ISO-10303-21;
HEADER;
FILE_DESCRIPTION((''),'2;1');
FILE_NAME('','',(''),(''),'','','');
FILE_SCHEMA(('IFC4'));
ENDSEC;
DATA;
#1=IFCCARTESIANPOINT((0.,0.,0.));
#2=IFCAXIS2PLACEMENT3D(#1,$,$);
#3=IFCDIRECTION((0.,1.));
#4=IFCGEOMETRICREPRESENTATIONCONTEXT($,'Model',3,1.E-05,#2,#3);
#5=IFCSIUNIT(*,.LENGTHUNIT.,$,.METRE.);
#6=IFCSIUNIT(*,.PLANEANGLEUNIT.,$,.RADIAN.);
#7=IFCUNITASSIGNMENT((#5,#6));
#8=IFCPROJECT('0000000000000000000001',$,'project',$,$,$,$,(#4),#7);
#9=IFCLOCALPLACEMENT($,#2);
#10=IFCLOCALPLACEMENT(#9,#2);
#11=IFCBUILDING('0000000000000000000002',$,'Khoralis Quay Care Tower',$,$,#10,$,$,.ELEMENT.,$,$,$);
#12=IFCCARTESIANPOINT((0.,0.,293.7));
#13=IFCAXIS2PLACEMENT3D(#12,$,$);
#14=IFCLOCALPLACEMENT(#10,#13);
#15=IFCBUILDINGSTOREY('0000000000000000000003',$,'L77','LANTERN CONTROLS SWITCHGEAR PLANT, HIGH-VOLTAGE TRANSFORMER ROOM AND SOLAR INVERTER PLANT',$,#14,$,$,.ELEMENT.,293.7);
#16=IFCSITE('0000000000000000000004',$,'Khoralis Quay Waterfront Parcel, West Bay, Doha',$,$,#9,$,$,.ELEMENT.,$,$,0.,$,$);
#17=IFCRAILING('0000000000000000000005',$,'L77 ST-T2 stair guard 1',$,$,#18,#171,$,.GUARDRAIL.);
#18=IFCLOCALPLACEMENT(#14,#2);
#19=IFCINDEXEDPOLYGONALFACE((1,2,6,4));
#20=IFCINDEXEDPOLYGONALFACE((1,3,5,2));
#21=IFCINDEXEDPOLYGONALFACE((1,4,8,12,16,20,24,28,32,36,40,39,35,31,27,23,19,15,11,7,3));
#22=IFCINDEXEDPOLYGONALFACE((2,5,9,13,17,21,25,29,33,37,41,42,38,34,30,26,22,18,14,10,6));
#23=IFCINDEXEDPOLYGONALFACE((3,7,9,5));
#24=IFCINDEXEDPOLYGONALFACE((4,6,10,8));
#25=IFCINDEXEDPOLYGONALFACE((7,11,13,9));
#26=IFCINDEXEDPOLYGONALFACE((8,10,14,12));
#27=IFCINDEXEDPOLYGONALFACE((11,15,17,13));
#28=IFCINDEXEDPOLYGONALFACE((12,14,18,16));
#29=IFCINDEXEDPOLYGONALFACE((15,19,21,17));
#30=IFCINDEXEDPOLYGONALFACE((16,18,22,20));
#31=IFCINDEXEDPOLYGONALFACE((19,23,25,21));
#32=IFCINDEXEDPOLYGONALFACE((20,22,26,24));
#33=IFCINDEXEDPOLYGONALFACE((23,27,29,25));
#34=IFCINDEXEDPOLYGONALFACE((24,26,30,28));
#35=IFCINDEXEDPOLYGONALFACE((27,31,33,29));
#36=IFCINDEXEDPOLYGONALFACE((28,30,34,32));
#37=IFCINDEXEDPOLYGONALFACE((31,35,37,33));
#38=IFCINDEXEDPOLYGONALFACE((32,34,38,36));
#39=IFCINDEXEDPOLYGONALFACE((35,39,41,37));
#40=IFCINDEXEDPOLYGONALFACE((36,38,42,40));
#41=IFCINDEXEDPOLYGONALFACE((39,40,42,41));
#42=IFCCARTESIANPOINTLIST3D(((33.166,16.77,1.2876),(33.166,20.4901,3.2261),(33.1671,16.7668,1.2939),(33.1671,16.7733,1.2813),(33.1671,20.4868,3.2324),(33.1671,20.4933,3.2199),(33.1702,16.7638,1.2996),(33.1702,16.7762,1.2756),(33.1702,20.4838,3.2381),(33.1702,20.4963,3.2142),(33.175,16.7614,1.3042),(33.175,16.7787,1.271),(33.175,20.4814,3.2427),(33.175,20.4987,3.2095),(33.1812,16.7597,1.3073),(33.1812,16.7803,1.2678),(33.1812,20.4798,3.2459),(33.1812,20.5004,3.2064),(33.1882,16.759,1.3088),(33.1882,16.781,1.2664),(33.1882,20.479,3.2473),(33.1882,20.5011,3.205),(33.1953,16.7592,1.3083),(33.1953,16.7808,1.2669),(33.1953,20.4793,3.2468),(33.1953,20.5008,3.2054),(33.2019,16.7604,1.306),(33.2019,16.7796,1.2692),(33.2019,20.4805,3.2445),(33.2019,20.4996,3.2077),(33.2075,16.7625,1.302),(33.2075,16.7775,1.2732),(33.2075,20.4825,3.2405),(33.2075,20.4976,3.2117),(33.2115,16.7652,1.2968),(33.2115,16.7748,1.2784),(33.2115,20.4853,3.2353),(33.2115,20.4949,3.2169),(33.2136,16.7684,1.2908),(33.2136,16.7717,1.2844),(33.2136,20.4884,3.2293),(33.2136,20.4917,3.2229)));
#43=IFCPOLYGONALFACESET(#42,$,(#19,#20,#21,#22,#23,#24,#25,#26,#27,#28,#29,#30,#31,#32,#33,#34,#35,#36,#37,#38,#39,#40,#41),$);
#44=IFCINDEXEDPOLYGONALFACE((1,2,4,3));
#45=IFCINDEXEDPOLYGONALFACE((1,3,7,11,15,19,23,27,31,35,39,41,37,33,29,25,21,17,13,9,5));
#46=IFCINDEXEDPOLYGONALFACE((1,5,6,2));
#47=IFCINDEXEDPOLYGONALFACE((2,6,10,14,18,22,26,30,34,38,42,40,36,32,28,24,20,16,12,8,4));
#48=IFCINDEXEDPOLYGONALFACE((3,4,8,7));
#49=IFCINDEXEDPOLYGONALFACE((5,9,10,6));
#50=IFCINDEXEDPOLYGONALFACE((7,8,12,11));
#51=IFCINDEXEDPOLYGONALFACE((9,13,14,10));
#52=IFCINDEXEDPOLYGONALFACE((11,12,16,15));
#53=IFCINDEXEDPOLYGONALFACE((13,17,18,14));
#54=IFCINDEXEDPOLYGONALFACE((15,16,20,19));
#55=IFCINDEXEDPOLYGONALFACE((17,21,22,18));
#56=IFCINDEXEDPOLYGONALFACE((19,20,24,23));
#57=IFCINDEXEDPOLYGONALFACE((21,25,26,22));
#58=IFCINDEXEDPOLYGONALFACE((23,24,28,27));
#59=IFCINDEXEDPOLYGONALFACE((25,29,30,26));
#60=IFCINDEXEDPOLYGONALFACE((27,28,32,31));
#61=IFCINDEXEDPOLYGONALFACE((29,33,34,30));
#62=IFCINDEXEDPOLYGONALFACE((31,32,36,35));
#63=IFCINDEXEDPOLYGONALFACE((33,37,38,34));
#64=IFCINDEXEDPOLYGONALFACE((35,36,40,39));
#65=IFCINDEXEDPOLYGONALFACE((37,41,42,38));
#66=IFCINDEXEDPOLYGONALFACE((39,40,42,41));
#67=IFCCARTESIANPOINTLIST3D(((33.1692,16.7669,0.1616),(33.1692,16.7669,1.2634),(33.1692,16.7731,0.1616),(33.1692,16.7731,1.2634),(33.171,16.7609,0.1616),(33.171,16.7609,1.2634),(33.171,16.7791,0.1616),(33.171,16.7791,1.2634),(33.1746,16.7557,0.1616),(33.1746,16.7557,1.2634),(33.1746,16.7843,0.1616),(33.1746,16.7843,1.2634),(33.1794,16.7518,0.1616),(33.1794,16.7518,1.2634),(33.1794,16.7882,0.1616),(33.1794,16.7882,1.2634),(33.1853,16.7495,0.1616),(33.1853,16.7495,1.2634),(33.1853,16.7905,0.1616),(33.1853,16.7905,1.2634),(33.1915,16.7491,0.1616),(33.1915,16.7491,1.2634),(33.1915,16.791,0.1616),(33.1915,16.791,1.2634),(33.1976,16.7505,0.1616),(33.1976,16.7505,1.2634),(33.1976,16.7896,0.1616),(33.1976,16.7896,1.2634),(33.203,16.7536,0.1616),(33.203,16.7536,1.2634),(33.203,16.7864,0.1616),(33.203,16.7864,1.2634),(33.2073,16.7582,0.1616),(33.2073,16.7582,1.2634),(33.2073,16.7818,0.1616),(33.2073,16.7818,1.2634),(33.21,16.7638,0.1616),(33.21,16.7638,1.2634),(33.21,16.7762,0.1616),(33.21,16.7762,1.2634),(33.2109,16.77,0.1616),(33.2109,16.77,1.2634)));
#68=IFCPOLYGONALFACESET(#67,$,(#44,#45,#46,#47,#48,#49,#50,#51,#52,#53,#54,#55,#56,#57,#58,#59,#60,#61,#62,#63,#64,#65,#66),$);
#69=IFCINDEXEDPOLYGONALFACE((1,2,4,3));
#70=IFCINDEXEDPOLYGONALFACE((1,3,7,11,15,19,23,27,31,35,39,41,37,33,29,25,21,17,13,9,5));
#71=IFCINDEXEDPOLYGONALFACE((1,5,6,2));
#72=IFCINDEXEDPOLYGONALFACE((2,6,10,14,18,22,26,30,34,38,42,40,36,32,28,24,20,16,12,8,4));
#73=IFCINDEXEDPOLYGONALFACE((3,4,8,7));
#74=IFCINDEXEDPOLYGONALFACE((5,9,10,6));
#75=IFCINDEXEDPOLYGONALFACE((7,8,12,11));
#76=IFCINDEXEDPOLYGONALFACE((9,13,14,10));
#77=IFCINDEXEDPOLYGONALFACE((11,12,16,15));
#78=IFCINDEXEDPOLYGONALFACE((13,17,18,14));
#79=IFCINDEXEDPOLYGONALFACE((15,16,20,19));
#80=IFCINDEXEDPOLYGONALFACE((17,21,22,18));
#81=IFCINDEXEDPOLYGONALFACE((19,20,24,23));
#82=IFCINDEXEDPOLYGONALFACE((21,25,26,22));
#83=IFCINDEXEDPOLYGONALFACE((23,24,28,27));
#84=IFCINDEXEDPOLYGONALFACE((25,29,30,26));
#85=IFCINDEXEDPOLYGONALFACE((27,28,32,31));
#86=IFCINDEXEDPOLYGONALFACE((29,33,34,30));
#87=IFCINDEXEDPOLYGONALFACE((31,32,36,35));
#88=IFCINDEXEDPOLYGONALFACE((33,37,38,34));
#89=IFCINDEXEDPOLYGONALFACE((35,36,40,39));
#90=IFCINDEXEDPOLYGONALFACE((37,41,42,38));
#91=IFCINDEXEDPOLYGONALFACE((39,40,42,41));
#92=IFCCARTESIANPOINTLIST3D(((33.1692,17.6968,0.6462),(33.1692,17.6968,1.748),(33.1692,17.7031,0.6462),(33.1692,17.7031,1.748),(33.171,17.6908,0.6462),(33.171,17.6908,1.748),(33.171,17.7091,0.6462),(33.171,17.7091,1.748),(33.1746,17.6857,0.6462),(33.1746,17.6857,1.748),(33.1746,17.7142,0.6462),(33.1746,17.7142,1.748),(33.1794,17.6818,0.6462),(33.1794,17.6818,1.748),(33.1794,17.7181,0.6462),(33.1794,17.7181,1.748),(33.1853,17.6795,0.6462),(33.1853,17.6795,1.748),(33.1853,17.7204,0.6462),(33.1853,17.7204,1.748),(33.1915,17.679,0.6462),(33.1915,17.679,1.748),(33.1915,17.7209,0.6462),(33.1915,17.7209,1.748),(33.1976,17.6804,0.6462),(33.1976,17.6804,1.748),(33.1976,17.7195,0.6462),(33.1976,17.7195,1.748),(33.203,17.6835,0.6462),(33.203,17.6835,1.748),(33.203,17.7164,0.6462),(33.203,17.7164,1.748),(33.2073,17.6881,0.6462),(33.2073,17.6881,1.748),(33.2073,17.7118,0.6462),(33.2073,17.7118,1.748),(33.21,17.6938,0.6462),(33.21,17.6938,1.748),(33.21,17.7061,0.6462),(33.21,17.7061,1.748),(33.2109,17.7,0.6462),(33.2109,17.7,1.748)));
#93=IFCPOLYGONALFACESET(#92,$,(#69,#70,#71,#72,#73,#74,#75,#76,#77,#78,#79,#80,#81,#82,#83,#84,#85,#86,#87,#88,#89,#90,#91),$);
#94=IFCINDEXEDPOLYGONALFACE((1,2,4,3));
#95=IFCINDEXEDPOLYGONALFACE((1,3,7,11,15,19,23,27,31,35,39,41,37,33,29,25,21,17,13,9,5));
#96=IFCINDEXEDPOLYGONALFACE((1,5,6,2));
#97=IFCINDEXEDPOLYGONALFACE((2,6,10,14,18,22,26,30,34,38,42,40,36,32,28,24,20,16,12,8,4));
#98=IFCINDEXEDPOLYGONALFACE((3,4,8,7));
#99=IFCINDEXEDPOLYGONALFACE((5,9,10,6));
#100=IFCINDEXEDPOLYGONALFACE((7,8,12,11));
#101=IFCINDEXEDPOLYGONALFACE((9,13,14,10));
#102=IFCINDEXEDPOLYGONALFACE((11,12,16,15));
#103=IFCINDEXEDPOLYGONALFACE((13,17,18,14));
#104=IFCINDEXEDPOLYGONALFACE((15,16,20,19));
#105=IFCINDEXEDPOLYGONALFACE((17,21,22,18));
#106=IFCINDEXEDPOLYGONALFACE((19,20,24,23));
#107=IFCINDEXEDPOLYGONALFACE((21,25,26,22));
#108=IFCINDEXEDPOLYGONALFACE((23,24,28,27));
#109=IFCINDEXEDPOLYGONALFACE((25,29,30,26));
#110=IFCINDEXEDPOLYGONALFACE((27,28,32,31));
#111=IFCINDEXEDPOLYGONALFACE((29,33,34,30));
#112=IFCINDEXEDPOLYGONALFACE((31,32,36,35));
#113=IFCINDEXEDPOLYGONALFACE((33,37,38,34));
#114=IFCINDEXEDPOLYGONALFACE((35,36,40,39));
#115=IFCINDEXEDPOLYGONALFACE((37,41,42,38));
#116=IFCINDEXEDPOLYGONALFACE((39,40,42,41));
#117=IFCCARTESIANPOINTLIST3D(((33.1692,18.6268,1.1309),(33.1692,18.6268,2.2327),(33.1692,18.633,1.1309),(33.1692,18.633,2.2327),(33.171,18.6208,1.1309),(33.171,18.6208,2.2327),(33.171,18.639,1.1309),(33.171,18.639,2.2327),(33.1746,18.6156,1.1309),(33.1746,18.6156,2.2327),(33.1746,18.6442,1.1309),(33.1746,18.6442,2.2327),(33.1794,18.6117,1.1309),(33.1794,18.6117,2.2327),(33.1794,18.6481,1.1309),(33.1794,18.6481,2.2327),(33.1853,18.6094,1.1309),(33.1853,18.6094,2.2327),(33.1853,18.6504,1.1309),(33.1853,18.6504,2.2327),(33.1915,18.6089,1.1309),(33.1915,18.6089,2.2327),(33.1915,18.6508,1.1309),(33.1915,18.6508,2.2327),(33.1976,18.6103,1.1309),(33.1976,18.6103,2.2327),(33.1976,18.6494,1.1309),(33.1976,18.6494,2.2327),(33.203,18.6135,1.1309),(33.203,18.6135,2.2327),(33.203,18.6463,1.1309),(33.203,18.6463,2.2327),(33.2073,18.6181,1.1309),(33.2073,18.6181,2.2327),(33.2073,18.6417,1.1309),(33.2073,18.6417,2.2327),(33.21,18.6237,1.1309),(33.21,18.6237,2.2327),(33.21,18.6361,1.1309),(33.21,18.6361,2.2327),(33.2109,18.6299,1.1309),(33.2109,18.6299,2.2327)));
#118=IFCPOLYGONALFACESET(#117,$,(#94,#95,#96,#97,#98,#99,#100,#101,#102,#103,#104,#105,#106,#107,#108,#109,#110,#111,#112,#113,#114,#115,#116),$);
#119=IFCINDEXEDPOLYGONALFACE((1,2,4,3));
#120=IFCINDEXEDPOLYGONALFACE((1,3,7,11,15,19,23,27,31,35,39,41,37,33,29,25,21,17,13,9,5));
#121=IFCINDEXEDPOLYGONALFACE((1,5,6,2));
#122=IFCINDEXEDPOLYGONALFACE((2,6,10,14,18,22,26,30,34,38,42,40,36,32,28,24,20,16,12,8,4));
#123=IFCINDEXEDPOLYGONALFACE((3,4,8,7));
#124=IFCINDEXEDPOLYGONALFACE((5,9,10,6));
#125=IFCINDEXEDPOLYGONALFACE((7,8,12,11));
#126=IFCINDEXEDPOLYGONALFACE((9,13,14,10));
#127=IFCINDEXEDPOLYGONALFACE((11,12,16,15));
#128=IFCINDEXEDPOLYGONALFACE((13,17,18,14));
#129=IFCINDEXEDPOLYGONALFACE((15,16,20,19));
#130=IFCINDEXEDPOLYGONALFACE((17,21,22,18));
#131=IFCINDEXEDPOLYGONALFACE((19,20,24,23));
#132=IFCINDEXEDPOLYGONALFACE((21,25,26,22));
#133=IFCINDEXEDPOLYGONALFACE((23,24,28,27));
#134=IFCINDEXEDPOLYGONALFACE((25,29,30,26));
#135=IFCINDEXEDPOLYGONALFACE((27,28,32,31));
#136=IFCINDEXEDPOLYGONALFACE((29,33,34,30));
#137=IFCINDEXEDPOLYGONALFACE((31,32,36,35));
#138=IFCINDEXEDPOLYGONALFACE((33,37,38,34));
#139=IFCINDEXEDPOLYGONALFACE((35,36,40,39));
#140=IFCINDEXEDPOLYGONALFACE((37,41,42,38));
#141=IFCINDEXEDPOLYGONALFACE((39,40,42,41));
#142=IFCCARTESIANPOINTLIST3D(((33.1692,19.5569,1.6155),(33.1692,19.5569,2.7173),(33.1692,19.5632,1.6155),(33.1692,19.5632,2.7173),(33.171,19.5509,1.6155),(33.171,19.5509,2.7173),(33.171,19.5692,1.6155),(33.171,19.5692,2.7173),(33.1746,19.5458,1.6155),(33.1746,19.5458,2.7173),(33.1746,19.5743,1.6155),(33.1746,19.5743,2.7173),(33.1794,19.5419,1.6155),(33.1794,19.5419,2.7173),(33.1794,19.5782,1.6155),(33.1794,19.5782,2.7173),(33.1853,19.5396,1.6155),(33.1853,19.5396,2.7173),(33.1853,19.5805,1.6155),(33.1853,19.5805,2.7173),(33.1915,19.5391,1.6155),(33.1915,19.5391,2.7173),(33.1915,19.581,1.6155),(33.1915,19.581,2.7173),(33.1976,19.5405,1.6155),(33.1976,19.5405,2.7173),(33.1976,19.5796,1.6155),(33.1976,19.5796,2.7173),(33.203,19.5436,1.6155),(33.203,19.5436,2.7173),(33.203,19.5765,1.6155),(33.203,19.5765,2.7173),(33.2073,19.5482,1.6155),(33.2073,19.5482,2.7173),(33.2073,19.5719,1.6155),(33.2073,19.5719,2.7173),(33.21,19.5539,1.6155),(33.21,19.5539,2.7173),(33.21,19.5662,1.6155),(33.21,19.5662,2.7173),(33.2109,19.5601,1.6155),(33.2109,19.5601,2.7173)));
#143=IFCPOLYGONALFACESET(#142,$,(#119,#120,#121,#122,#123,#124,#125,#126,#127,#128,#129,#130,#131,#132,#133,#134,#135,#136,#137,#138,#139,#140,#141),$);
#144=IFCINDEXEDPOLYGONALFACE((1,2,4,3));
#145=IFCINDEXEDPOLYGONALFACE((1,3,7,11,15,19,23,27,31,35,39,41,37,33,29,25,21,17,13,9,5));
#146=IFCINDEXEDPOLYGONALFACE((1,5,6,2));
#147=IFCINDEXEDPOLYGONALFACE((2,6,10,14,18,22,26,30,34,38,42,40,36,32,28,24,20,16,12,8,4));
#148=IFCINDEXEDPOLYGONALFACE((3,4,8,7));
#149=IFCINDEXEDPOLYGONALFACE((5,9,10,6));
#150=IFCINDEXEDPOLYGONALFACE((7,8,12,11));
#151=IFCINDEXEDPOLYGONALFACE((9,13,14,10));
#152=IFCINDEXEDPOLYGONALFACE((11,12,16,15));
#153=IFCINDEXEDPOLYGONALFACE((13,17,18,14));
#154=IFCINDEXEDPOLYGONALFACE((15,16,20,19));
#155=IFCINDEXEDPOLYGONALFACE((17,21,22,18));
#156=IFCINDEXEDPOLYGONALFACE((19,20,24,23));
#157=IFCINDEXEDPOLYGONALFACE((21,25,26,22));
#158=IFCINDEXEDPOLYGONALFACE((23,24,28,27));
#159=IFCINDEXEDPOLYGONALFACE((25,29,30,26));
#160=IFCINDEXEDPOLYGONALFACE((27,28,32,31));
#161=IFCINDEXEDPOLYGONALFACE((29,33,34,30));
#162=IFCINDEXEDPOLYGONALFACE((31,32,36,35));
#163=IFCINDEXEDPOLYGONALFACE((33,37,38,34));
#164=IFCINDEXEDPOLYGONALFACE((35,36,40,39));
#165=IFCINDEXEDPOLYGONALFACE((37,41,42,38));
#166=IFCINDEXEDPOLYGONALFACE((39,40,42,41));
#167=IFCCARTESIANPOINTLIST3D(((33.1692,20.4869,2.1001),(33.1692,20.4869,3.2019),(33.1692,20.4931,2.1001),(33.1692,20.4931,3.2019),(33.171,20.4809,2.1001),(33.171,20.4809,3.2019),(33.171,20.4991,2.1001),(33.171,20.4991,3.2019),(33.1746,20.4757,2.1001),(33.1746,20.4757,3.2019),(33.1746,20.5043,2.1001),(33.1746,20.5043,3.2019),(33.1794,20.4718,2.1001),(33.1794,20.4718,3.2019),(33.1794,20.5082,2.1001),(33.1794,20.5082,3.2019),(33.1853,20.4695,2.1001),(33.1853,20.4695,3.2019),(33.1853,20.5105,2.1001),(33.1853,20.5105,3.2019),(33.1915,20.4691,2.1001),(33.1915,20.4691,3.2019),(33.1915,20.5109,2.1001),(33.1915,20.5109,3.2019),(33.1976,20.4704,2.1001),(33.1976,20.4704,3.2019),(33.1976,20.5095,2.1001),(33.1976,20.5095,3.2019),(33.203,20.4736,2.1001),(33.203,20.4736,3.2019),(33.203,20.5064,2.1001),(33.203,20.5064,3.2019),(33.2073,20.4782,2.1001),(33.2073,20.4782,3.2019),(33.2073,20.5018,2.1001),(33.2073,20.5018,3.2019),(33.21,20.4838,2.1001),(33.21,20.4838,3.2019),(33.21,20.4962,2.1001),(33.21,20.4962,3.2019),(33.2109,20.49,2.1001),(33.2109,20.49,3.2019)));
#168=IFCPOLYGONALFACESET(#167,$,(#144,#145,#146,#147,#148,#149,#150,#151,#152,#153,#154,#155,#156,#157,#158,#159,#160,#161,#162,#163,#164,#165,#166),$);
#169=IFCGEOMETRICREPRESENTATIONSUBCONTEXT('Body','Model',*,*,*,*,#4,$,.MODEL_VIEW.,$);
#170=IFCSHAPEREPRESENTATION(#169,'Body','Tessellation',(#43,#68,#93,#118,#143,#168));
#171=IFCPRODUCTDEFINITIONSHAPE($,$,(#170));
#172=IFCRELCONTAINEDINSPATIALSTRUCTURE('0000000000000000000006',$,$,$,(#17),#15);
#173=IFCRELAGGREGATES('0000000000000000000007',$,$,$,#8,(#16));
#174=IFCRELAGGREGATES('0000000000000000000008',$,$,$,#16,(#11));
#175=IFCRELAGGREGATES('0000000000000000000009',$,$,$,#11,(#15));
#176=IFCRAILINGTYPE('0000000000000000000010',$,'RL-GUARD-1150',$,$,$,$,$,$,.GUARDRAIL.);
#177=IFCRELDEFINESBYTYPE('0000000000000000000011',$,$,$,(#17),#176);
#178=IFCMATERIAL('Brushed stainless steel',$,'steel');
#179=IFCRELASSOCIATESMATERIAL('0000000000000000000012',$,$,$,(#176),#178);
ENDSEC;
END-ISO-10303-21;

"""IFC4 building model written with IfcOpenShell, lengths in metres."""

from ifc_helpers import new_model, si_unit, direction, frame, origin, origin_2d, place, context, subcontext, project, spatial, circle, extrude, material, type_object, element, save


model = new_model("IFC4")

# Units and contexts
model_context = context("Model", 3, precision=1e-05, world=origin(), true_north=direction((0.0, 1.0)))
body_context = subcontext(model_context, "Body", "Model", "MODEL_VIEW")
ifc_project = project(units=[si_unit("LENGTHUNIT", "METRE"), si_unit("PLANEANGLEUNIT", "RADIAN")], contexts=[model_context])

# Site, building, storey
site_placement = place(None, origin())
site = spatial("IfcSite", under=ifc_project, at=site_placement, Name="Khoralis Quay Waterfront Parcel, West Bay, Doha", CompositionType="ELEMENT", RefElevation=0.0)
building_placement = place(site_placement, origin())
building = spatial("IfcBuilding", under=site, at=building_placement, Name="Khoralis Quay Care Tower", CompositionType="ELEMENT")
storey_placement = place(building_placement, frame((0.0, 0.0, 293.7)))
storey = spatial("IfcBuildingStorey", under=building, at=storey_placement, Name="L77", Description="LANTERN CONTROLS SWITCHGEAR PLANT, HIGH-VOLTAGE TRANSFORMER ROOM AND SOLAR INVERTER PLANT", CompositionType="ELEMENT", Elevation=293.7)

# Shared definitions
ifc_material_1 = material(Name="Brushed stainless steel", Category="steel")

# Railing
railing_type_1 = type_object("IfcRailingType", Name="RL-GUARD-1150", PredefinedType="GUARDRAIL", material=ifc_material_1)
railing_1_placement = place(storey_placement, frame((33.1899, 16.77, 0.1616)))
element("IfcRailing", 1, at=railing_1_placement, inside=storey, type_object=railing_type_1, Name="L77 ST-T2 stair guard 1", PredefinedType="GUARDRAIL", context=body_context, shape_type="SweptSolid", body=[
    extrude(circle(Radius=0.0239, at=origin_2d()), frame((0.0, 0.0, 1.126), z_axis=(0.0, 0.886817, 0.46212), x_axis=(-1.0, 0.0, 0.0)), (0.0, 0.0, 1.0), 4.1948),
    extrude(circle(Radius=0.021, at=origin_2d()), origin(), (0.0, 0.0, 1.0), 1.1018),
    extrude(circle(Radius=0.021, at=origin_2d()), frame((0.0, 0.9299, 0.4846)), (0.0, 0.0, 1.0), 1.1018),
    extrude(circle(Radius=0.021, at=origin_2d()), frame((0.0, 1.8599, 0.9692)), (0.0, 0.0, 1.0), 1.1018),
    extrude(circle(Radius=0.021, at=origin_2d()), frame((0.0, 2.79, 1.4539)), (0.0, 0.0, 1.0), 1.1018),
    extrude(circle(Radius=0.021, at=origin_2d()), frame((0.0, 3.72, 1.9385)), (0.0, 0.0, 1.0), 1.1018),
])

save(model, "model.ifc")
